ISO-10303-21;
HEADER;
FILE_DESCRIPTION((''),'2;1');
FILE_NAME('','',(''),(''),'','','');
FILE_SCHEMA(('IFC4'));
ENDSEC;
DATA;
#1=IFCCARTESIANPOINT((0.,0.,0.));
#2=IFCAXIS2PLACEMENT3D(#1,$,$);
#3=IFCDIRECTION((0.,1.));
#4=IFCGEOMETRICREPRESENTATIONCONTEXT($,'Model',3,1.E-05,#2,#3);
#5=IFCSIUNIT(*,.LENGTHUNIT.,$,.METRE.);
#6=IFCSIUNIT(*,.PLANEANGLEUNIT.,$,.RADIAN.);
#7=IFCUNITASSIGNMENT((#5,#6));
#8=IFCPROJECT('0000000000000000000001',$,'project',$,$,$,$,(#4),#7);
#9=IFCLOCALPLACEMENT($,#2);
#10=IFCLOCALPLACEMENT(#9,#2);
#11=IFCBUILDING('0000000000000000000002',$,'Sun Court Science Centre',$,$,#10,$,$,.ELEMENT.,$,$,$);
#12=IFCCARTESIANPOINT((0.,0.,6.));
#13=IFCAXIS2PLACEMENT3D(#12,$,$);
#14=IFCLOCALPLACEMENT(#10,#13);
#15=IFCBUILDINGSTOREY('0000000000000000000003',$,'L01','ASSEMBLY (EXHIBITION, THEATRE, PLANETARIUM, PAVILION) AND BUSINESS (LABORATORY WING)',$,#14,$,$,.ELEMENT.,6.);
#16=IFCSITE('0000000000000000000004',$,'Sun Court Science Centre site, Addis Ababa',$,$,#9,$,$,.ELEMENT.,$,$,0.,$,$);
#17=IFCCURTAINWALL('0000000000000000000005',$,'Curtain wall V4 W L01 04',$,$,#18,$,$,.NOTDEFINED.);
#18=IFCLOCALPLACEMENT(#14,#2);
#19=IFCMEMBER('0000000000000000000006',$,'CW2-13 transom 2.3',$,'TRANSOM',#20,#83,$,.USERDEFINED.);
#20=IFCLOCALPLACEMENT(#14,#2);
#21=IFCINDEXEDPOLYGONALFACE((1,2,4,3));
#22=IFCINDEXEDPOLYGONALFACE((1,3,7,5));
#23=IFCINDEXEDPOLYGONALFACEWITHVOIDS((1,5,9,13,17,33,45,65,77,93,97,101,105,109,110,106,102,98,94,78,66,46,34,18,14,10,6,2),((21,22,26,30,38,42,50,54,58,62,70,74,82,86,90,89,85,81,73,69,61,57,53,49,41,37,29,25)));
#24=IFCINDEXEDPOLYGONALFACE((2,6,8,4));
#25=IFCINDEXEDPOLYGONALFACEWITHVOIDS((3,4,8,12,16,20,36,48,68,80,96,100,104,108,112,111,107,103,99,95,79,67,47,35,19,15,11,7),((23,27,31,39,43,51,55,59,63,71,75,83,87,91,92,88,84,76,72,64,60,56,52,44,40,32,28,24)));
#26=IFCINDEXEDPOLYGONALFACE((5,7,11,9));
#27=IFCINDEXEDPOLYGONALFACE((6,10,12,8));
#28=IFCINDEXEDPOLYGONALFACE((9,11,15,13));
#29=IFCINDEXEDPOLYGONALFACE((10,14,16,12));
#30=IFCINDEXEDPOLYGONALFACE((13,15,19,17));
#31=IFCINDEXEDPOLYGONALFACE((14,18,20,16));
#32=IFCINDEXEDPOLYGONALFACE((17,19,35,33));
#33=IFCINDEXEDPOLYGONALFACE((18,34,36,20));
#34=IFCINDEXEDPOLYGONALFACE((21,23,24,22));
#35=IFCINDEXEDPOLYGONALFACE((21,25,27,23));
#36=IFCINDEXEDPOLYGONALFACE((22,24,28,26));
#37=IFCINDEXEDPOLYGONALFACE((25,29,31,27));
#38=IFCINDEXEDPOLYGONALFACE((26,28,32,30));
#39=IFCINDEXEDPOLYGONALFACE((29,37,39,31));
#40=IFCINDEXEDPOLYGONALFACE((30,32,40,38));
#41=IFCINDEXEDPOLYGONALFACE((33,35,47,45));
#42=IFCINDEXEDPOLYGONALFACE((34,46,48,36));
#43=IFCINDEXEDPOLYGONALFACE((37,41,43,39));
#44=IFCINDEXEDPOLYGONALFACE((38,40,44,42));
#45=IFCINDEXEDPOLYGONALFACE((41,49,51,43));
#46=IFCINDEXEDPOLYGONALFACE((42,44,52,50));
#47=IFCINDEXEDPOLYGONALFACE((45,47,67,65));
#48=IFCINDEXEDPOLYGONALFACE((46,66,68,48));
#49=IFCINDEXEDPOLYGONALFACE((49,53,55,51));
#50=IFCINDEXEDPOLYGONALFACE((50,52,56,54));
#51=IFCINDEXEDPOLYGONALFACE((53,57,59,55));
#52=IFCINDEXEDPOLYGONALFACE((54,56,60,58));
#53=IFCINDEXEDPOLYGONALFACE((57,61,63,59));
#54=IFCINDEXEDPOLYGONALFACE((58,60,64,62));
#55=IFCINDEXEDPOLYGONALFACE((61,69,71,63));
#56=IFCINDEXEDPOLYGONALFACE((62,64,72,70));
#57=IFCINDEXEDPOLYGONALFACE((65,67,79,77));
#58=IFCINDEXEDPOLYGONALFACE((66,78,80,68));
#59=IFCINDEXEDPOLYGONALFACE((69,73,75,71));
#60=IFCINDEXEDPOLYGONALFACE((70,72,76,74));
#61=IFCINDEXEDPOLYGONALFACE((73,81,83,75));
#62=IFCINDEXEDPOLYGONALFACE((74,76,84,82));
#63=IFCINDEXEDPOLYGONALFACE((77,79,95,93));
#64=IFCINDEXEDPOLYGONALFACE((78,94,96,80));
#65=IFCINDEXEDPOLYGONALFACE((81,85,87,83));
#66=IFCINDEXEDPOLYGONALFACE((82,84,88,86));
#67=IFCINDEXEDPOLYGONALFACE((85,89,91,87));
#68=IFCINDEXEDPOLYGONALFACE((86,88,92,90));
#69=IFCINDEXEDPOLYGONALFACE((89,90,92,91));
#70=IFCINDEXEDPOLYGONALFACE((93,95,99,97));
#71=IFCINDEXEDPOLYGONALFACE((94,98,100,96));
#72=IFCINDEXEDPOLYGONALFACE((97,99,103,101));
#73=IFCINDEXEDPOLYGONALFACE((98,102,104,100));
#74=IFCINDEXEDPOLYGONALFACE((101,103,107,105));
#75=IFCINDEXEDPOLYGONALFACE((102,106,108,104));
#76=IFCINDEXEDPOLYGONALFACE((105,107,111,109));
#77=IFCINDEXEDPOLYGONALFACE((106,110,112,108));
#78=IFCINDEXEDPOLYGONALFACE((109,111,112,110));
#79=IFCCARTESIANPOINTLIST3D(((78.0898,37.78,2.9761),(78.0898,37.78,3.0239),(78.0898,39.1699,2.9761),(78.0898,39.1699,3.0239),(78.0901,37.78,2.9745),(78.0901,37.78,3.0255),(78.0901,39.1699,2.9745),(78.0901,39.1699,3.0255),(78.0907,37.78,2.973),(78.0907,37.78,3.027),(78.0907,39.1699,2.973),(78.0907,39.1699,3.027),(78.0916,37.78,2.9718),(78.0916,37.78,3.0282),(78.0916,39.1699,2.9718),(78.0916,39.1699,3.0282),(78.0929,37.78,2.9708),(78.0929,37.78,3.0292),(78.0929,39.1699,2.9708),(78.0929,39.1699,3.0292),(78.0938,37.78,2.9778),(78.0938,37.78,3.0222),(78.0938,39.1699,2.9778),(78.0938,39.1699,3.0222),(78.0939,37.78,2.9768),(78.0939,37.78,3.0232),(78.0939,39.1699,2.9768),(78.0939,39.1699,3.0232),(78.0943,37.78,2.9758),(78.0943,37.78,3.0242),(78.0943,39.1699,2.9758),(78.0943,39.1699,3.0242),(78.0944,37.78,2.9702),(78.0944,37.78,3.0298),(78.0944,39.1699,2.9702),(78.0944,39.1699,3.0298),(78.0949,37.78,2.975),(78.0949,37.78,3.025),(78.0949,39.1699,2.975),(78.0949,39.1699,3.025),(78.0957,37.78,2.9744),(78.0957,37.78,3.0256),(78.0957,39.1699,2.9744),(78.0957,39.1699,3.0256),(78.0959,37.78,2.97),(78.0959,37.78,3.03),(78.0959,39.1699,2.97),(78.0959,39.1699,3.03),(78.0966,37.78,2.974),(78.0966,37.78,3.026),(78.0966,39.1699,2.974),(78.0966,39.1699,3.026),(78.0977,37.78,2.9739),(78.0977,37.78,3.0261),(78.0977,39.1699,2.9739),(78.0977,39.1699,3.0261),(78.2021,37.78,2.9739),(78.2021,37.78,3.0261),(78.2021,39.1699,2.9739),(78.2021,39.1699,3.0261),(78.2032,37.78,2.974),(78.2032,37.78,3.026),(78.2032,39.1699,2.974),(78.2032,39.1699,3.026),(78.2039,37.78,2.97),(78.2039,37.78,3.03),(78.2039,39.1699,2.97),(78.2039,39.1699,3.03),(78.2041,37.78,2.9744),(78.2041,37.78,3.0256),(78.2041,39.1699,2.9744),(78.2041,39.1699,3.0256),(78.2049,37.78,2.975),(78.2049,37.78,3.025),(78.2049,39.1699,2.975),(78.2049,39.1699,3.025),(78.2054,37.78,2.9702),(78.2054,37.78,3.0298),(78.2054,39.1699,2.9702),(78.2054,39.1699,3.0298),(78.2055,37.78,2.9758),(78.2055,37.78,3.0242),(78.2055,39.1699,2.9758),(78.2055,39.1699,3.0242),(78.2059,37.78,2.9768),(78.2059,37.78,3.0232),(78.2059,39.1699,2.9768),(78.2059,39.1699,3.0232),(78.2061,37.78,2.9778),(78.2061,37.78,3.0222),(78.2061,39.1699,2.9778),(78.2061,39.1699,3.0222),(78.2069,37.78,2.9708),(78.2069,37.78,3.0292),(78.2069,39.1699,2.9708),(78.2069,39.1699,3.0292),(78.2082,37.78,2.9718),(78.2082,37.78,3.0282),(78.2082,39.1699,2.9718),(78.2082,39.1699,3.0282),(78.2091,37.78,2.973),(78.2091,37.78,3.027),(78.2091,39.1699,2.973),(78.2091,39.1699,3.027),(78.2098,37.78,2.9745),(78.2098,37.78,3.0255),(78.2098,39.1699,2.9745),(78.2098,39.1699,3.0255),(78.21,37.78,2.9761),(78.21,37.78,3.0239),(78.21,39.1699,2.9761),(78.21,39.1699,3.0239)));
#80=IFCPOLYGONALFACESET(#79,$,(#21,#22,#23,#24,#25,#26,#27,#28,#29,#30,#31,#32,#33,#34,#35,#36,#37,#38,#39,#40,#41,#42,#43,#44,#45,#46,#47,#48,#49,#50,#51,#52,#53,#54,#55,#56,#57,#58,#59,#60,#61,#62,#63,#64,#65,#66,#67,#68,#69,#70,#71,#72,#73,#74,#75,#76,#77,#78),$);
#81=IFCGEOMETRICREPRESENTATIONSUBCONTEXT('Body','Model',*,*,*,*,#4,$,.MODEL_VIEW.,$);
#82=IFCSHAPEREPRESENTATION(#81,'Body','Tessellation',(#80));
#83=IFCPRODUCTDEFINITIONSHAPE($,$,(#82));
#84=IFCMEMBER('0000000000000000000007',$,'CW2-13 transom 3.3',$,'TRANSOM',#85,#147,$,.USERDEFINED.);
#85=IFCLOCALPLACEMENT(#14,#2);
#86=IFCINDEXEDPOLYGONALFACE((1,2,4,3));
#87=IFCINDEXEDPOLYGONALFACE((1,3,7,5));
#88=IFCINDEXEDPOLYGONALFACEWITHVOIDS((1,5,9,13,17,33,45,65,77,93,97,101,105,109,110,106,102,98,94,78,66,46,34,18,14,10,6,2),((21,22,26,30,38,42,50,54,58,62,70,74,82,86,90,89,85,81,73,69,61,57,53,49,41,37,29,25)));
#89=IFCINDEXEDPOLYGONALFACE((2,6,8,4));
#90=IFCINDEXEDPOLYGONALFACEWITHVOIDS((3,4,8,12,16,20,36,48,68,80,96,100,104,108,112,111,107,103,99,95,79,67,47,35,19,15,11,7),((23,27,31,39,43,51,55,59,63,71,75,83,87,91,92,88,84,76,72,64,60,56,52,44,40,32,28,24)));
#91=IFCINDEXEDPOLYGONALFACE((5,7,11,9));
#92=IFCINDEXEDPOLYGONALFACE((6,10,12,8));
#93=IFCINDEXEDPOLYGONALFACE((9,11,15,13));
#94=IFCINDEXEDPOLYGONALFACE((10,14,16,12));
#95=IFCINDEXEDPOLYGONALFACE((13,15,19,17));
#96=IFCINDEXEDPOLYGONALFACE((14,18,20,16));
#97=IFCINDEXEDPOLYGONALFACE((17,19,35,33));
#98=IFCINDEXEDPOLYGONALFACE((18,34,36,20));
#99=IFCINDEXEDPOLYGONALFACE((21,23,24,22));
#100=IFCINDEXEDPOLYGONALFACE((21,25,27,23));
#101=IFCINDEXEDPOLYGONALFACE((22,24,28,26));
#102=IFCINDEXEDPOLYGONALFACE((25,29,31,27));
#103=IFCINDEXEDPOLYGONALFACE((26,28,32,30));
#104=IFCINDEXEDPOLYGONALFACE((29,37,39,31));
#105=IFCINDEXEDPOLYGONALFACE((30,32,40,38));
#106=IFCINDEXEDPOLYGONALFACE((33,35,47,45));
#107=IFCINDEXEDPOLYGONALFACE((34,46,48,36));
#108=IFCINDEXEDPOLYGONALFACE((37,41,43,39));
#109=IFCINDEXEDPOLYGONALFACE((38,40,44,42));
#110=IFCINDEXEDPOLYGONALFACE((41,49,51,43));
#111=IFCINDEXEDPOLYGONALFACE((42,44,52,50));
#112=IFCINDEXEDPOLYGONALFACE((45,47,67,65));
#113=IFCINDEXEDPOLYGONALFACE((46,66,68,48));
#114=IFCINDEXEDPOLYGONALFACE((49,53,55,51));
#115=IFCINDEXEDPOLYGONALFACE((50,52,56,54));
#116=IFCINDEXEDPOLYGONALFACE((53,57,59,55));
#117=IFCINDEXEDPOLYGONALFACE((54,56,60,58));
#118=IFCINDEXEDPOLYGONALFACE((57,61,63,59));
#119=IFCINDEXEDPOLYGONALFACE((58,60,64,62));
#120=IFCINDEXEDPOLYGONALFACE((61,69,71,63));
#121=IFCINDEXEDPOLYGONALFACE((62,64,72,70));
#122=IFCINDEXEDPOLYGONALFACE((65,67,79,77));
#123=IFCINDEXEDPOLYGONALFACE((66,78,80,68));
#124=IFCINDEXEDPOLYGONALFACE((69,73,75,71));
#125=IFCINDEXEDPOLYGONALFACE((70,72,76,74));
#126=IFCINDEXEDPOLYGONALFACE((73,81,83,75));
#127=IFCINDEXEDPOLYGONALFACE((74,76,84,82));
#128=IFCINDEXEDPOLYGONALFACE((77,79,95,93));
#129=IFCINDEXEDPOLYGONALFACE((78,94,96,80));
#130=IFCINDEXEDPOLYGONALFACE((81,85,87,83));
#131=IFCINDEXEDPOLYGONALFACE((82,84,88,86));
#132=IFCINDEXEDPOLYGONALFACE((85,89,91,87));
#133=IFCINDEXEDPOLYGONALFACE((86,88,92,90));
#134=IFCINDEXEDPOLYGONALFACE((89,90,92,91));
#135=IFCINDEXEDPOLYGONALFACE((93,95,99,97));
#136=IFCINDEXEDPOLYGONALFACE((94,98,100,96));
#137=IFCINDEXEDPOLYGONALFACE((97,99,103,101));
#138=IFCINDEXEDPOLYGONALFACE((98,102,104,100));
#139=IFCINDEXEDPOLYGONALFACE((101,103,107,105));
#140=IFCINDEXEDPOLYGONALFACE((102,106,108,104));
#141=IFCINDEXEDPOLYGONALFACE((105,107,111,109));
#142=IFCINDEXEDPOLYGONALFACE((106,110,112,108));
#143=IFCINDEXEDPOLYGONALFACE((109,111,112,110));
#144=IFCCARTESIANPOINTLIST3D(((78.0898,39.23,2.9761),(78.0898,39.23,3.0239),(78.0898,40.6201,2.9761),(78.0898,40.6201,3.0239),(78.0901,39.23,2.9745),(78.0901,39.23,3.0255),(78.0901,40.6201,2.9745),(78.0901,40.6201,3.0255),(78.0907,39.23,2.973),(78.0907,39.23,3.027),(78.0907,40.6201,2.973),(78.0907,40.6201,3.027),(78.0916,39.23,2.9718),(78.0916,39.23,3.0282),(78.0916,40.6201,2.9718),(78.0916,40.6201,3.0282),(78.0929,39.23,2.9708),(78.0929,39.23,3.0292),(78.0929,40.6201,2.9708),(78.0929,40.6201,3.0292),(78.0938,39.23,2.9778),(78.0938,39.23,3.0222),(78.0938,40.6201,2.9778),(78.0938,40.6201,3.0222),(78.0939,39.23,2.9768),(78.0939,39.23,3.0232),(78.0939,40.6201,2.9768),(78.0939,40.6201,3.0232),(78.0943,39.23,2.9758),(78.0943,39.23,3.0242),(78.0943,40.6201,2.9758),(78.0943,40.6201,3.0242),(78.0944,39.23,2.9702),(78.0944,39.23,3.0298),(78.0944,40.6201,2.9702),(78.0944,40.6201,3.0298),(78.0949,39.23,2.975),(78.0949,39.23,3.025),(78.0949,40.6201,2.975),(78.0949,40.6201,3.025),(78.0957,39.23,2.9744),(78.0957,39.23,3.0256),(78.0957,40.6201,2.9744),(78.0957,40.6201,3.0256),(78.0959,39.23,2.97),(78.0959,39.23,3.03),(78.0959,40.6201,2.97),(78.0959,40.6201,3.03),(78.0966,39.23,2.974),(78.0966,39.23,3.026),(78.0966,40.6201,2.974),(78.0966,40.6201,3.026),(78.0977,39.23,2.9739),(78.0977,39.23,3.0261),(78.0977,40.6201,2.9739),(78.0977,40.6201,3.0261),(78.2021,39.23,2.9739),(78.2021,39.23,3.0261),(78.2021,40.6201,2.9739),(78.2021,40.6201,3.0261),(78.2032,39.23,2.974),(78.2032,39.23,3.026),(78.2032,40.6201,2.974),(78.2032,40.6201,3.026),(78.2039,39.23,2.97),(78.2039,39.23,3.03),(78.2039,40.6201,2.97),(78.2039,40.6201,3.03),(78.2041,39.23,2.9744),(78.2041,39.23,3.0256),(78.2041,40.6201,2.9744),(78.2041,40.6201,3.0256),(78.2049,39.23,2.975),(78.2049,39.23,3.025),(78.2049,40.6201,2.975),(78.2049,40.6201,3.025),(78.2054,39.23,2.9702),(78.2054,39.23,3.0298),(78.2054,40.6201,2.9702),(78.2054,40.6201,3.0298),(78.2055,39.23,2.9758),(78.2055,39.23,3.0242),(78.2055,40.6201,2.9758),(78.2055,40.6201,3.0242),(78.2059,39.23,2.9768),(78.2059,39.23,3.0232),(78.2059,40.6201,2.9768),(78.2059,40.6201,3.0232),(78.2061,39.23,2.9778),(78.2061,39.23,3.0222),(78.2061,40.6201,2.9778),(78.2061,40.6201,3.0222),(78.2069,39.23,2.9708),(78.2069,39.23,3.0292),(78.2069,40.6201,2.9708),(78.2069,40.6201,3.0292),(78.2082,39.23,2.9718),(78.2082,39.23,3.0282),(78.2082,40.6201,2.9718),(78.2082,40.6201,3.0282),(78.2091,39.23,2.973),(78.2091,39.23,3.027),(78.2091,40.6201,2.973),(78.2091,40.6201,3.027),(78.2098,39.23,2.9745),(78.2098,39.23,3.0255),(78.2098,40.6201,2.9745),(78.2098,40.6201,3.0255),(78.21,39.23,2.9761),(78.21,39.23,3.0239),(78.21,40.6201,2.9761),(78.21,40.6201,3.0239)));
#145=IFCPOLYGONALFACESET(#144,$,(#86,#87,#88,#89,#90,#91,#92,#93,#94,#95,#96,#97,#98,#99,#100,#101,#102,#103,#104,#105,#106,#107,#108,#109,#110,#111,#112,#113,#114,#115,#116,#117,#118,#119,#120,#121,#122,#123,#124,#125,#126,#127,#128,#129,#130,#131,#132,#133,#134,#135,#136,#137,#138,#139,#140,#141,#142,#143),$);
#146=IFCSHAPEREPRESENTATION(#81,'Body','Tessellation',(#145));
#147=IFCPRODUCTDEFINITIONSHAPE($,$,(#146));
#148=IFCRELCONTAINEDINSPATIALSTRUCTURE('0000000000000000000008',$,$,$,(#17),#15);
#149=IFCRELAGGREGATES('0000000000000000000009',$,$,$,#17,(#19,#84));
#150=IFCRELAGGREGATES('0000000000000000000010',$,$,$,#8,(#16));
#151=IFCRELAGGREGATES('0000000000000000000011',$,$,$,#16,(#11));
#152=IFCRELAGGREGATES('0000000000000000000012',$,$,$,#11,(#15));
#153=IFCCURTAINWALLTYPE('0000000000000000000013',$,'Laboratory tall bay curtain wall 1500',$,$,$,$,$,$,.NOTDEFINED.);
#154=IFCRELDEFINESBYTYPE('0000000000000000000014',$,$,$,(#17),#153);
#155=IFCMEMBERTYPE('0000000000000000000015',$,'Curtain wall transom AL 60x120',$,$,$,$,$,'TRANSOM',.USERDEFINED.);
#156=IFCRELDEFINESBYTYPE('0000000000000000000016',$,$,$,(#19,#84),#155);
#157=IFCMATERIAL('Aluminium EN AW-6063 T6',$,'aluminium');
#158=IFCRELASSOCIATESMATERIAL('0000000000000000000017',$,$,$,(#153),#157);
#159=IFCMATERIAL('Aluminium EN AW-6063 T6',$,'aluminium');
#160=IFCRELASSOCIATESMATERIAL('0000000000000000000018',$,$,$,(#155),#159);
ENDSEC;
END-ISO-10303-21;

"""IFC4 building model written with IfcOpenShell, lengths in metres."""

from ifc_helpers import new_model, si_unit, direction, frame, origin, origin_2d, place, context, subcontext, project, spatial, hollow_rectangle, extrude, material, material_profile, profile_set, type_object, element, aggregate, save


model = new_model("IFC4")

# Units and contexts
model_context = context("Model", 3, precision=1e-05, world=origin(), true_north=direction((0.0, 1.0)))
body_context = subcontext(model_context, "Body", "Model", "MODEL_VIEW")
ifc_project = project(units=[si_unit("LENGTHUNIT", "METRE"), si_unit("PLANEANGLEUNIT", "RADIAN")], contexts=[model_context])

# Site, building, storey
site_placement = place(None, origin())
site = spatial("IfcSite", under=ifc_project, at=site_placement, Name="Sun Court Science Centre site, Addis Ababa", CompositionType="ELEMENT", RefElevation=0.0)
building_placement = place(site_placement, origin())
building = spatial("IfcBuilding", under=site, at=building_placement, Name="Sun Court Science Centre", CompositionType="ELEMENT")
storey_placement = place(building_placement, frame((0.0, 0.0, 6.0)))
storey = spatial("IfcBuildingStorey", under=building, at=storey_placement, Name="L01", Description="ASSEMBLY (EXHIBITION, THEATRE, PLANETARIUM, PAVILION) AND BUSINESS (LABORATORY WING)", CompositionType="ELEMENT", Elevation=6.0)

# Shared definitions
ifc_material_1 = material(Name="Aluminium EN AW-6063 T6", Category="aluminium")
curtain_wall_type = type_object("IfcCurtainWallType", Name="Laboratory tall bay curtain wall 1500", PredefinedType="NOTDEFINED", material=ifc_material_1)

# Curtain wall
curtain_wall_1_placement = place(storey_placement, origin())
curtain_wall_1 = element("IfcCurtainWall", 1, at=curtain_wall_1_placement, inside=storey, type_object=curtain_wall_type, Name="Curtain wall V4 W L01 04", PredefinedType="NOTDEFINED")

# Members
ifc_material_2 = material(Name="Aluminium EN AW-6063 T6", Category="aluminium")
ifc_material_profile_1 = material_profile(ifc_material_2, hollow_rectangle(XDim=0.0601, YDim=0.1201, WallThickness=0.0039, InnerFilletRadius=0.0039, OuterFilletRadius=0.0061, at=origin_2d()), Name="AL 60x120x4")
ifc_profile_set_1 = profile_set([ifc_material_profile_1], Name="Aluminium EN AW-6063 T6")
member_type_1 = type_object("IfcMemberType", Name="Curtain wall transom AL 60x120", ElementType="TRANSOM", PredefinedType="USERDEFINED", material=ifc_profile_set_1)
member_1_placement = place(storey_placement, frame((78.1499, 37.78, 3.0), z_axis=(0.0, 1.0, 0.0), x_axis=(0.0, 0.0, 1.0)))
member_1 = element("IfcMember", 2, at=member_1_placement, type_object=member_type_1, Name="CW2-13 transom 2.3", ObjectType="TRANSOM", PredefinedType="USERDEFINED", context=body_context, shape_type="SweptSolid", body=[
    extrude(hollow_rectangle(XDim=0.0601, YDim=0.1201, WallThickness=0.0039, InnerFilletRadius=0.0039, OuterFilletRadius=0.0061, at=origin_2d()), origin(), (0.0, 0.0, 1.0), 1.3899),
])
member_2_placement = place(storey_placement, frame((78.1499, 39.23, 3.0), z_axis=(0.0, 1.0, 0.0), x_axis=(0.0, 0.0, 1.0)))
member_2 = element("IfcMember", 3, at=member_2_placement, type_object=member_type_1, Name="CW2-13 transom 3.3", ObjectType="TRANSOM", PredefinedType="USERDEFINED", context=body_context, shape_type="SweptSolid", body=[
    extrude(hollow_rectangle(XDim=0.0601, YDim=0.1201, WallThickness=0.0039, InnerFilletRadius=0.0039, OuterFilletRadius=0.0061, at=origin_2d()), origin(), (0.0, 0.0, 1.0), 1.3901),
])

aggregate(curtain_wall_1, [member_1, member_2])

save(model, "model.ifc")
